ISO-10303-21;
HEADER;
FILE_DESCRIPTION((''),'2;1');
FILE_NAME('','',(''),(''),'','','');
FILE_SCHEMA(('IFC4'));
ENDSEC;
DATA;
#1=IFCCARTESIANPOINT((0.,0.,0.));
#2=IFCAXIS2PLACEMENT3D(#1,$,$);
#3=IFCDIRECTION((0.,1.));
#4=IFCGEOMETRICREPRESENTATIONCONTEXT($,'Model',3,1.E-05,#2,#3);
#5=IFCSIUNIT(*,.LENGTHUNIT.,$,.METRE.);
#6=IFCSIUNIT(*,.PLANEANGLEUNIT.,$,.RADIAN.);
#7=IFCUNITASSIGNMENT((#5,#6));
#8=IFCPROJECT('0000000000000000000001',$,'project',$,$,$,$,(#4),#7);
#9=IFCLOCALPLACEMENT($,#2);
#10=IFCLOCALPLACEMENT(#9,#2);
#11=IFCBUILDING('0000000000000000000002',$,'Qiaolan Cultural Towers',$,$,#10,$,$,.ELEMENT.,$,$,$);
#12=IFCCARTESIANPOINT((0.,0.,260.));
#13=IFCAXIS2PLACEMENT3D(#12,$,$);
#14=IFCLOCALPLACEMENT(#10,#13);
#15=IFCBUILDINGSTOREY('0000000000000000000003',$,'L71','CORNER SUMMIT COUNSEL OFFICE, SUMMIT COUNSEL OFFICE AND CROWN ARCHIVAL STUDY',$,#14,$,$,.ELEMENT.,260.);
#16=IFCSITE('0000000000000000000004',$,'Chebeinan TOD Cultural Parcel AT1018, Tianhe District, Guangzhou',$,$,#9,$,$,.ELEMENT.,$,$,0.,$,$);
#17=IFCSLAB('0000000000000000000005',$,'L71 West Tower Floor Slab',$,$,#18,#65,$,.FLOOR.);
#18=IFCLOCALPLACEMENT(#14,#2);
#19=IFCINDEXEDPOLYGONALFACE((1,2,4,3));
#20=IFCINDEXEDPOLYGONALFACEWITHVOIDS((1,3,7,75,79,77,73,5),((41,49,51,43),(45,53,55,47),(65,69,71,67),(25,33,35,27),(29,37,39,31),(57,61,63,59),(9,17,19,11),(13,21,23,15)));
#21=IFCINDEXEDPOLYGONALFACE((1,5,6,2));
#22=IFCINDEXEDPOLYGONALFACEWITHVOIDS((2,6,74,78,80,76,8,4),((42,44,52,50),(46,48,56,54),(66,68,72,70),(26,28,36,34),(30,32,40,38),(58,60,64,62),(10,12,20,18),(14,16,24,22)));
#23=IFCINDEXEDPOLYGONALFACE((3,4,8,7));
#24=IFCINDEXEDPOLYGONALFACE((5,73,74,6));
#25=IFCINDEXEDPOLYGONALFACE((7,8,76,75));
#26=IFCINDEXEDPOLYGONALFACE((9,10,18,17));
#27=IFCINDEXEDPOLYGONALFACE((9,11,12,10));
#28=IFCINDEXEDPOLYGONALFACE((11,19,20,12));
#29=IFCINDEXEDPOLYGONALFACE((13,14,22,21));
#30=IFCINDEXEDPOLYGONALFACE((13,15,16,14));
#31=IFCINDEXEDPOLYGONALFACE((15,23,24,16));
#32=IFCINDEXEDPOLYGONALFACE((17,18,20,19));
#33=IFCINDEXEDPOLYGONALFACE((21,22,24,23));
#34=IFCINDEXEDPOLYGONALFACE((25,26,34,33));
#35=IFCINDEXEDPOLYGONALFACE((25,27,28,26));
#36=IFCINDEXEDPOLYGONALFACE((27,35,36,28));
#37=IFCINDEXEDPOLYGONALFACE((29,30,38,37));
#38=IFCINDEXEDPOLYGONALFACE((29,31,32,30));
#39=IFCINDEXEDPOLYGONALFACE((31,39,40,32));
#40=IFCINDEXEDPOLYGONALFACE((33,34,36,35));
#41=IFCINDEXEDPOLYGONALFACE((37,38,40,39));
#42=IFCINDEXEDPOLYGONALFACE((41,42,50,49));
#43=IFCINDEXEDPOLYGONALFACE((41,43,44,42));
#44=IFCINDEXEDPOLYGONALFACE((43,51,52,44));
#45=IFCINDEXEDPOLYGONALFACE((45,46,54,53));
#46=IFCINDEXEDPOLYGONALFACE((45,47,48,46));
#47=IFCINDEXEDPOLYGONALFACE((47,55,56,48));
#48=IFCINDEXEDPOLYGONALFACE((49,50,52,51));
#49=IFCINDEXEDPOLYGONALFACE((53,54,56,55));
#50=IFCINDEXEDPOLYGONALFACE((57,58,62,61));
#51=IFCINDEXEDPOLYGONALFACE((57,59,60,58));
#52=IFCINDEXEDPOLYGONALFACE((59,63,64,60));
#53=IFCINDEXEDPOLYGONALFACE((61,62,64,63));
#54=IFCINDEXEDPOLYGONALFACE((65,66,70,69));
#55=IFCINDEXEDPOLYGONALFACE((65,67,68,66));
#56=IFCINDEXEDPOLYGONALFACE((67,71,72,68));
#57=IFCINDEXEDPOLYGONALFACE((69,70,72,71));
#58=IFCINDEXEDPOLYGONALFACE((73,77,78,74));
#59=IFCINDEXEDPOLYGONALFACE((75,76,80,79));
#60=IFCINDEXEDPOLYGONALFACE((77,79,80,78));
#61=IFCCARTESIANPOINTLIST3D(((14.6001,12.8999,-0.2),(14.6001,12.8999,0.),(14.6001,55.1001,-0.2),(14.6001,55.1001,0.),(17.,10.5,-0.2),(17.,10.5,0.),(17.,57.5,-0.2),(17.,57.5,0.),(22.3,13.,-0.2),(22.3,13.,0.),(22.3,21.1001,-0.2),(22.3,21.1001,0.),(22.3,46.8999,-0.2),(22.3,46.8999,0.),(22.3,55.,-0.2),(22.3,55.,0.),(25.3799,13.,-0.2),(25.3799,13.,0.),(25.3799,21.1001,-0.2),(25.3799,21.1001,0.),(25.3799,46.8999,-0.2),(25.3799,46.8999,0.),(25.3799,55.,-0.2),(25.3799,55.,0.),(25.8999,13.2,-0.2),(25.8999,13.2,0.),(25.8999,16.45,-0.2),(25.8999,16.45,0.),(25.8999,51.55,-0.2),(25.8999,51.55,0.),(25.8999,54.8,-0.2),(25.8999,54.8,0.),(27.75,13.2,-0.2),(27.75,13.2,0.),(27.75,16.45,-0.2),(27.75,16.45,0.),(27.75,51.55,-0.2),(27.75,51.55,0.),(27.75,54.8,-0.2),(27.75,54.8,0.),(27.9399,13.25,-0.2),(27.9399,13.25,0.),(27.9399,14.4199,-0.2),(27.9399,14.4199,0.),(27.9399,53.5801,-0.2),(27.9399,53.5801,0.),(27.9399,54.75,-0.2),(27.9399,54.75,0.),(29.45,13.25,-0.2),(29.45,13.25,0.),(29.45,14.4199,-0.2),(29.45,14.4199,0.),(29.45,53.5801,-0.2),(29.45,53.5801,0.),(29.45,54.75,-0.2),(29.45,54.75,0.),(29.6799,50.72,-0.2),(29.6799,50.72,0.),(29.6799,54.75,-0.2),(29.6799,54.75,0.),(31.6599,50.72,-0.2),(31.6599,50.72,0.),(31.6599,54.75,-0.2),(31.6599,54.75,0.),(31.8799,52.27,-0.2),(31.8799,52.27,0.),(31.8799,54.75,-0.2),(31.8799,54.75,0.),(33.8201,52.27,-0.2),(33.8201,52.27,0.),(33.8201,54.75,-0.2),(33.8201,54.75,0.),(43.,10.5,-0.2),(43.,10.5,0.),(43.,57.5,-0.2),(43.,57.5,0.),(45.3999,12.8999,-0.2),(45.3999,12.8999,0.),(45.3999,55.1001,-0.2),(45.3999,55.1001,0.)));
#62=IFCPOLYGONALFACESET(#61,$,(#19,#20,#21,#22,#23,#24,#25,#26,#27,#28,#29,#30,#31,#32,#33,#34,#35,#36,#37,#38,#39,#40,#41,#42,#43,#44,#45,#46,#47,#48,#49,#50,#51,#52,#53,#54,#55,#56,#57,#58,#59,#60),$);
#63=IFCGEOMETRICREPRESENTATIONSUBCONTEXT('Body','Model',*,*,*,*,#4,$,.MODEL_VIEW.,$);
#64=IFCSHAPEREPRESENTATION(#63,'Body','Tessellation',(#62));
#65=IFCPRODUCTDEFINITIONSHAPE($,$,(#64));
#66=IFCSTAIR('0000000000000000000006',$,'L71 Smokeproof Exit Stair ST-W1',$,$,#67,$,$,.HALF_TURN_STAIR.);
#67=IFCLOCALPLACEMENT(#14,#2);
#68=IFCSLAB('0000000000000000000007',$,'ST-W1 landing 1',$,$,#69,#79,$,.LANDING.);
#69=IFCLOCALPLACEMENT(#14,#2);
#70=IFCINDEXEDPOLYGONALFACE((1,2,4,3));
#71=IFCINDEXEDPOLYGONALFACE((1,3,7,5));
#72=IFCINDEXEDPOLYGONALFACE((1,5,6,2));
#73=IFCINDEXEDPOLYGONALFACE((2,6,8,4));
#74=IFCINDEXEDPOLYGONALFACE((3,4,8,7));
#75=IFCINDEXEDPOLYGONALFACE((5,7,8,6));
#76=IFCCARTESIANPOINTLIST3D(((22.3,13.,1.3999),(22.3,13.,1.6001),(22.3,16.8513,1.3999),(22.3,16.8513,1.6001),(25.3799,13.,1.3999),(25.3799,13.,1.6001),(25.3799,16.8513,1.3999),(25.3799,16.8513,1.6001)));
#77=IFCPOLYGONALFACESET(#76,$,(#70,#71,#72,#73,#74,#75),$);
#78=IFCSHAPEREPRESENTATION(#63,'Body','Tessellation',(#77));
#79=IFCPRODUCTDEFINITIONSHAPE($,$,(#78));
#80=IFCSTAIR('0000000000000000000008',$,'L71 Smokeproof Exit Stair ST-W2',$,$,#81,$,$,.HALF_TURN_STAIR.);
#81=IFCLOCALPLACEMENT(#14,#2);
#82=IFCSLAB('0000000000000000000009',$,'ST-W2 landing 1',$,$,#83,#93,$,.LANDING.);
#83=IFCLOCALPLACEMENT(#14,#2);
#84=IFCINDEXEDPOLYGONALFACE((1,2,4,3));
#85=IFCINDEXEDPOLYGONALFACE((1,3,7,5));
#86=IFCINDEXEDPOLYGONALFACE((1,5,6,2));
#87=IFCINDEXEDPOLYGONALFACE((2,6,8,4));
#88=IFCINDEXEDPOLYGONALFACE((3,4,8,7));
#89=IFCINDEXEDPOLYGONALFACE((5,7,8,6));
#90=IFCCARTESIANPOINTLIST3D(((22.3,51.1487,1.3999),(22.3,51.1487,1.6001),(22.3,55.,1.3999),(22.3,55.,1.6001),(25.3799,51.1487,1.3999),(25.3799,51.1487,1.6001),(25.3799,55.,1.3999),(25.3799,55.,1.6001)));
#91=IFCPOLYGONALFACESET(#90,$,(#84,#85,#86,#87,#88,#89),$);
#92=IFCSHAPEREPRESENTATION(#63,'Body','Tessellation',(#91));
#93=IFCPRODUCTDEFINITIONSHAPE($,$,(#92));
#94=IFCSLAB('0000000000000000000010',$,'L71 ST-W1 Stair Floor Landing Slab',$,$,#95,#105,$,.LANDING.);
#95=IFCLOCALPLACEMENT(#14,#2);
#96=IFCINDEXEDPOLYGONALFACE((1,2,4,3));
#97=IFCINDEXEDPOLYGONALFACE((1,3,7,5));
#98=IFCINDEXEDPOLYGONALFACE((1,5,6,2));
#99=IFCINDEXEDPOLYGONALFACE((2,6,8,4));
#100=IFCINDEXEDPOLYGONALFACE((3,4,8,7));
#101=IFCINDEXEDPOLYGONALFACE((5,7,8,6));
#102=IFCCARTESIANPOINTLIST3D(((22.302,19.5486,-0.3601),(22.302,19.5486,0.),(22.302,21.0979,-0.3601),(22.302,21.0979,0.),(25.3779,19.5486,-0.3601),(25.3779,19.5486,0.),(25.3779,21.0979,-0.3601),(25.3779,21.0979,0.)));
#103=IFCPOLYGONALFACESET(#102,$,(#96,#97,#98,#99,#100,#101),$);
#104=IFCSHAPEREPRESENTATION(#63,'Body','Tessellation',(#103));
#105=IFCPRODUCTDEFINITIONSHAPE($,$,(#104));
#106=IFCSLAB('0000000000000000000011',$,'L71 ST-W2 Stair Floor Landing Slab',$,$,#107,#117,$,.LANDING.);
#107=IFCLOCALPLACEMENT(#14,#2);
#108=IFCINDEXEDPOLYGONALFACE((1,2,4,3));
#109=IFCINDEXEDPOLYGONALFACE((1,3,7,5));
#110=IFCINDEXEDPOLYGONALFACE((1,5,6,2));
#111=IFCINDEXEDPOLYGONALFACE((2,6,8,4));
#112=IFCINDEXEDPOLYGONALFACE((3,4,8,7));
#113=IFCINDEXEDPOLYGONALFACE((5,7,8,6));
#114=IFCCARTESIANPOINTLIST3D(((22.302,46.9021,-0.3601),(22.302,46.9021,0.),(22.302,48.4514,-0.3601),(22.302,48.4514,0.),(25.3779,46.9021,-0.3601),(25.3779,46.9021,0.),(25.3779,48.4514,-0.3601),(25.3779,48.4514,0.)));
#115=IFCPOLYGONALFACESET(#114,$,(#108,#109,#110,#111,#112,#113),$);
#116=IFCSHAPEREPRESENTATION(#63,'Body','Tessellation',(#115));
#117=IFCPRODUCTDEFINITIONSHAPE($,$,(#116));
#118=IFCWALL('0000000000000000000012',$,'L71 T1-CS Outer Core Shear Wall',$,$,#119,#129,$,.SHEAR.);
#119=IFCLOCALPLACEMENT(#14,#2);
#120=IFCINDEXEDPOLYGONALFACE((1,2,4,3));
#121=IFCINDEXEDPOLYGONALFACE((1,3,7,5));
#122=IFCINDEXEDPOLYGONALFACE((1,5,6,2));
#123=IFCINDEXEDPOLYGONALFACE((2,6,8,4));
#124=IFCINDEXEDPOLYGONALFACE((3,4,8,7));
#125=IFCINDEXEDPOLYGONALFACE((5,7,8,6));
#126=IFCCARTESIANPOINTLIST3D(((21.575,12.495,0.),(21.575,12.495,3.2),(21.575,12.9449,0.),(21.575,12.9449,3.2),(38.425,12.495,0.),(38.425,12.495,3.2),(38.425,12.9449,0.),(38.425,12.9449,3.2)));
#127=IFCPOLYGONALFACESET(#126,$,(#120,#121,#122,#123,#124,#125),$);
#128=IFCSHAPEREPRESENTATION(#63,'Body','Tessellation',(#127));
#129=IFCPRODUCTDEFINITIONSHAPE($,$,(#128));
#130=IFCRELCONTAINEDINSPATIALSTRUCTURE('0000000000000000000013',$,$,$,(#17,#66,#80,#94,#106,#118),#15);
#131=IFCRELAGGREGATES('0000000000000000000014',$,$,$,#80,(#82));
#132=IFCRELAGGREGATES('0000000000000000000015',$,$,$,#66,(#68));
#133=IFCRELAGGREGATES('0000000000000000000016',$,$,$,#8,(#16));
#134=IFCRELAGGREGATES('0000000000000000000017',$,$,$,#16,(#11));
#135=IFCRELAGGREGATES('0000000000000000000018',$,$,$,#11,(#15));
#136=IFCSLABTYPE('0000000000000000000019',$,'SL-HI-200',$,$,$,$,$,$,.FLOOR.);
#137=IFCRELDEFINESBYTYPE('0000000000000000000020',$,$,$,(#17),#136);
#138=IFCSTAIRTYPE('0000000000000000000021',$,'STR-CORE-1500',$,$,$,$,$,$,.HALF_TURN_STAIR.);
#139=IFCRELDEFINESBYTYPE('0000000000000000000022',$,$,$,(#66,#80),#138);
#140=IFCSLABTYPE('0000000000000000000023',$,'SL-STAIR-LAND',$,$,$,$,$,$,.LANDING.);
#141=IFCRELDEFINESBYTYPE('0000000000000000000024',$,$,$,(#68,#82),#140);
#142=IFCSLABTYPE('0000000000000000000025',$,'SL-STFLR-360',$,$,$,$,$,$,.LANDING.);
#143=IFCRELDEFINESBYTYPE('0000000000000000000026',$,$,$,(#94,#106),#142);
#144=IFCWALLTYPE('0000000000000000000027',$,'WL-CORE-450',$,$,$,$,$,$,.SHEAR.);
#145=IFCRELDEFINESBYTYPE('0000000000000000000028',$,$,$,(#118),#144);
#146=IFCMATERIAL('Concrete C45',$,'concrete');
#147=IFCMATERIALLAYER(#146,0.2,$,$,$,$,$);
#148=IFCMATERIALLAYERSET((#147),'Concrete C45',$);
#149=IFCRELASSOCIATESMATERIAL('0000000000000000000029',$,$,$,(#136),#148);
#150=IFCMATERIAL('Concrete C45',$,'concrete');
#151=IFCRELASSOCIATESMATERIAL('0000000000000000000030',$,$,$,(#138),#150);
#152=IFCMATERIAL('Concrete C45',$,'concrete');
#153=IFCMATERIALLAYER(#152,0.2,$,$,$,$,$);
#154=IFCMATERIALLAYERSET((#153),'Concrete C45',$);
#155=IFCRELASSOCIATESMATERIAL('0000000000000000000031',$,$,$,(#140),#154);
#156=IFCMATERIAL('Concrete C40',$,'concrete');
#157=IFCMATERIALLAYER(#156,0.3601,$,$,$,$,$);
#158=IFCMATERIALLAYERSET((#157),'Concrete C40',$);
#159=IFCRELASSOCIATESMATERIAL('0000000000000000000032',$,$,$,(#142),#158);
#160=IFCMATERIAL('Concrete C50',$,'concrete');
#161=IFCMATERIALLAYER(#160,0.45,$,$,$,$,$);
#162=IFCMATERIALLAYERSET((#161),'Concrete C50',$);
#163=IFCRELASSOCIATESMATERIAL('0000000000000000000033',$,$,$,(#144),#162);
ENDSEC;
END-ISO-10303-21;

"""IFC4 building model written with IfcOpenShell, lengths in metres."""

from ifc_helpers import new_model, si_unit, direction, frame, frame_2d, origin, place, context, subcontext, project, spatial, polyline, rectangle, outline, extrude, material, layer, layer_set, type_object, element, aggregate, save


model = new_model("IFC4")

# Units and contexts
model_context = context("Model", 3, precision=1e-05, world=origin(), true_north=direction((0.0, 1.0)))
body_context = subcontext(model_context, "Body", "Model", "MODEL_VIEW")
ifc_project = project(units=[si_unit("LENGTHUNIT", "METRE"), si_unit("PLANEANGLEUNIT", "RADIAN")], contexts=[model_context])

# Site, building, storey
site_placement = place(None, origin())
site = spatial("IfcSite", under=ifc_project, at=site_placement, Name="Chebeinan TOD Cultural Parcel AT1018, Tianhe District, Guangzhou", CompositionType="ELEMENT", RefElevation=0.0)
building_placement = place(site_placement, origin())
building = spatial("IfcBuilding", under=site, at=building_placement, Name="Qiaolan Cultural Towers", CompositionType="ELEMENT")
storey_placement = place(building_placement, frame((0.0, 0.0, 260.0)))
storey = spatial("IfcBuildingStorey", under=building, at=storey_placement, Name="L71", Description="CORNER SUMMIT COUNSEL OFFICE, SUMMIT COUNSEL OFFICE AND CROWN ARCHIVAL STUDY", CompositionType="ELEMENT", Elevation=260.0)

# Slab
ifc_material_1 = material(Name="Concrete C45", Category="concrete")
ifc_layer_1 = layer(ifc_material_1, 0.2)
ifc_layer_set_1 = layer_set([ifc_layer_1], Name="Concrete C45")
slab_type_1 = type_object("IfcSlabType", Name="SL-HI-200", PredefinedType="FLOOR", material=ifc_layer_set_1)
slab_1_placement = place(storey_placement, frame((0.0, 0.0, -0.2)))
element("IfcSlab", 1, at=slab_1_placement, inside=storey, type_object=slab_type_1, Name="L71 West Tower Floor Slab", PredefinedType="FLOOR", context=body_context, shape_type="SweptSolid", body=[
    extrude(outline(polyline([(17.0, 10.5), (43.0, 10.5), (45.3999, 12.8999), (45.3999, 55.1001), (43.0, 57.5), (17.0, 57.5), (14.6001, 55.1001), (14.6001, 12.8999), (17.0, 10.5)]), holes=[polyline([(22.3, 21.1001), (22.3, 13.0), (25.3799, 13.0), (25.3799, 21.1001), (22.3, 21.1001)]), polyline([(25.3799, 46.8999), (25.3799, 55.0), (22.3, 55.0), (22.3, 46.8999), (25.3799, 46.8999)]), polyline([(25.8999, 13.2), (27.75, 13.2), (27.75, 16.45), (25.8999, 16.45), (25.8999, 13.2)]), polyline([(27.9399, 13.25), (29.45, 13.25), (29.45, 14.4199), (27.9399, 14.4199), (27.9399, 13.25)]), polyline([(25.8999, 51.55), (27.75, 51.55), (27.75, 54.8), (25.8999, 54.8), (25.8999, 51.55)]), polyline([(27.9399, 53.5801), (29.45, 53.5801), (29.45, 54.75), (27.9399, 54.75), (27.9399, 53.5801)]), polyline([(31.8799, 52.27), (33.8201, 52.27), (33.8201, 54.75), (31.8799, 54.75), (31.8799, 52.27)]), polyline([(29.6799, 50.72), (31.6599, 50.72), (31.6599, 54.75), (29.6799, 54.75), (29.6799, 50.72)])]), origin(), (0.0, 0.0, 1.0), 0.2),
])

# Stairs, slabs
ifc_material_2 = material(Name="Concrete C45", Category="concrete")
stair_type = type_object("IfcStairType", Name="STR-CORE-1500", PredefinedType="HALF_TURN_STAIR", material=ifc_material_2)
stair_1_placement = place(storey_placement, origin())
stair_1 = element("IfcStair", 2, at=stair_1_placement, inside=storey, type_object=stair_type, Name="L71 Smokeproof Exit Stair ST-W1", PredefinedType="HALF_TURN_STAIR")
ifc_material_3 = material(Name="Concrete C45", Category="concrete")
ifc_layer_2 = layer(ifc_material_3, 0.2)
ifc_layer_set_2 = layer_set([ifc_layer_2], Name="Concrete C45")
slab_type_2 = type_object("IfcSlabType", Name="SL-STAIR-LAND", PredefinedType="LANDING", material=ifc_layer_set_2)
slab_2_placement = place(storey_placement, frame((0.0, 0.0, 1.3999)))
slab_2 = element("IfcSlab", 3, at=slab_2_placement, type_object=slab_type_2, Name="ST-W1 landing 1", PredefinedType="LANDING", context=body_context, shape_type="SweptSolid", body=[
    extrude(outline(polyline([(22.3, 16.8513), (22.3, 13.0), (25.3799, 13.0), (25.3799, 16.8513), (22.3, 16.8513)])), origin(), (0.0, 0.0, 1.0), 0.2002),
])
stair_2_placement = place(storey_placement, origin())
stair_2 = element("IfcStair", 4, at=stair_2_placement, inside=storey, type_object=stair_type, Name="L71 Smokeproof Exit Stair ST-W2", PredefinedType="HALF_TURN_STAIR")
slab_3_placement = place(storey_placement, frame((0.0, 0.0, 1.3999)))
slab_3 = element("IfcSlab", 5, at=slab_3_placement, type_object=slab_type_2, Name="ST-W2 landing 1", PredefinedType="LANDING", context=body_context, shape_type="SweptSolid", body=[
    extrude(outline(polyline([(25.3799, 51.1487), (25.3799, 55.0), (22.3, 55.0), (22.3, 51.1487), (25.3799, 51.1487)])), origin(), (0.0, 0.0, 1.0), 0.2002),
])
aggregate(stair_2, [slab_3])

# Slabs
ifc_material_4 = material(Name="Concrete C40", Category="concrete")
ifc_layer_3 = layer(ifc_material_4, 0.3601)
ifc_layer_set_3 = layer_set([ifc_layer_3], Name="Concrete C40")
slab_type_3 = type_object("IfcSlabType", Name="SL-STFLR-360", PredefinedType="LANDING", material=ifc_layer_set_3)
slab_4_placement = place(storey_placement, frame((0.0, 0.0, -0.3601)))
element("IfcSlab", 6, at=slab_4_placement, inside=storey, type_object=slab_type_3, Name="L71 ST-W1 Stair Floor Landing Slab", PredefinedType="LANDING", context=body_context, shape_type="SweptSolid", body=[
    extrude(outline(polyline([(22.302, 21.0979), (22.302, 19.5486), (25.3779, 19.5486), (25.3779, 21.0979), (22.302, 21.0979)])), origin(), (0.0, 0.0, 1.0), 0.3601),
])
slab_5_placement = place(storey_placement, frame((0.0, 0.0, -0.3601)))
element("IfcSlab", 7, at=slab_5_placement, inside=storey, type_object=slab_type_3, Name="L71 ST-W2 Stair Floor Landing Slab", PredefinedType="LANDING", context=body_context, shape_type="SweptSolid", body=[
    extrude(outline(polyline([(25.3779, 46.9021), (25.3779, 48.4514), (22.302, 48.4514), (22.302, 46.9021), (25.3779, 46.9021)])), origin(), (0.0, 0.0, 1.0), 0.3601),
])

# Wall
ifc_material_5 = material(Name="Concrete C50", Category="concrete")
ifc_layer_4 = layer(ifc_material_5, 0.45)
ifc_layer_set_4 = layer_set([ifc_layer_4], Name="Concrete C50")
wall_type_1 = type_object("IfcWallType", Name="WL-CORE-450", PredefinedType="SHEAR", material=ifc_layer_set_4)
wall_1_placement = place(storey_placement, frame((21.575, 12.72, 0.0), z_axis=(0.0, 0.0, 1.0), x_axis=(1.0, 0.0, 0.0)))
element("IfcWall", 8, at=wall_1_placement, inside=storey, type_object=wall_type_1, Name="L71 T1-CS Outer Core Shear Wall", PredefinedType="SHEAR", context=body_context, shape_type="SweptSolid", body=[
    extrude(rectangle(XDim=16.8501, YDim=0.45, at=frame_2d((8.425, 0.0))), origin(), (0.0, 0.0, 1.0), 3.2),
])

aggregate(stair_1, [slab_2])

save(model, "model.ifc")
